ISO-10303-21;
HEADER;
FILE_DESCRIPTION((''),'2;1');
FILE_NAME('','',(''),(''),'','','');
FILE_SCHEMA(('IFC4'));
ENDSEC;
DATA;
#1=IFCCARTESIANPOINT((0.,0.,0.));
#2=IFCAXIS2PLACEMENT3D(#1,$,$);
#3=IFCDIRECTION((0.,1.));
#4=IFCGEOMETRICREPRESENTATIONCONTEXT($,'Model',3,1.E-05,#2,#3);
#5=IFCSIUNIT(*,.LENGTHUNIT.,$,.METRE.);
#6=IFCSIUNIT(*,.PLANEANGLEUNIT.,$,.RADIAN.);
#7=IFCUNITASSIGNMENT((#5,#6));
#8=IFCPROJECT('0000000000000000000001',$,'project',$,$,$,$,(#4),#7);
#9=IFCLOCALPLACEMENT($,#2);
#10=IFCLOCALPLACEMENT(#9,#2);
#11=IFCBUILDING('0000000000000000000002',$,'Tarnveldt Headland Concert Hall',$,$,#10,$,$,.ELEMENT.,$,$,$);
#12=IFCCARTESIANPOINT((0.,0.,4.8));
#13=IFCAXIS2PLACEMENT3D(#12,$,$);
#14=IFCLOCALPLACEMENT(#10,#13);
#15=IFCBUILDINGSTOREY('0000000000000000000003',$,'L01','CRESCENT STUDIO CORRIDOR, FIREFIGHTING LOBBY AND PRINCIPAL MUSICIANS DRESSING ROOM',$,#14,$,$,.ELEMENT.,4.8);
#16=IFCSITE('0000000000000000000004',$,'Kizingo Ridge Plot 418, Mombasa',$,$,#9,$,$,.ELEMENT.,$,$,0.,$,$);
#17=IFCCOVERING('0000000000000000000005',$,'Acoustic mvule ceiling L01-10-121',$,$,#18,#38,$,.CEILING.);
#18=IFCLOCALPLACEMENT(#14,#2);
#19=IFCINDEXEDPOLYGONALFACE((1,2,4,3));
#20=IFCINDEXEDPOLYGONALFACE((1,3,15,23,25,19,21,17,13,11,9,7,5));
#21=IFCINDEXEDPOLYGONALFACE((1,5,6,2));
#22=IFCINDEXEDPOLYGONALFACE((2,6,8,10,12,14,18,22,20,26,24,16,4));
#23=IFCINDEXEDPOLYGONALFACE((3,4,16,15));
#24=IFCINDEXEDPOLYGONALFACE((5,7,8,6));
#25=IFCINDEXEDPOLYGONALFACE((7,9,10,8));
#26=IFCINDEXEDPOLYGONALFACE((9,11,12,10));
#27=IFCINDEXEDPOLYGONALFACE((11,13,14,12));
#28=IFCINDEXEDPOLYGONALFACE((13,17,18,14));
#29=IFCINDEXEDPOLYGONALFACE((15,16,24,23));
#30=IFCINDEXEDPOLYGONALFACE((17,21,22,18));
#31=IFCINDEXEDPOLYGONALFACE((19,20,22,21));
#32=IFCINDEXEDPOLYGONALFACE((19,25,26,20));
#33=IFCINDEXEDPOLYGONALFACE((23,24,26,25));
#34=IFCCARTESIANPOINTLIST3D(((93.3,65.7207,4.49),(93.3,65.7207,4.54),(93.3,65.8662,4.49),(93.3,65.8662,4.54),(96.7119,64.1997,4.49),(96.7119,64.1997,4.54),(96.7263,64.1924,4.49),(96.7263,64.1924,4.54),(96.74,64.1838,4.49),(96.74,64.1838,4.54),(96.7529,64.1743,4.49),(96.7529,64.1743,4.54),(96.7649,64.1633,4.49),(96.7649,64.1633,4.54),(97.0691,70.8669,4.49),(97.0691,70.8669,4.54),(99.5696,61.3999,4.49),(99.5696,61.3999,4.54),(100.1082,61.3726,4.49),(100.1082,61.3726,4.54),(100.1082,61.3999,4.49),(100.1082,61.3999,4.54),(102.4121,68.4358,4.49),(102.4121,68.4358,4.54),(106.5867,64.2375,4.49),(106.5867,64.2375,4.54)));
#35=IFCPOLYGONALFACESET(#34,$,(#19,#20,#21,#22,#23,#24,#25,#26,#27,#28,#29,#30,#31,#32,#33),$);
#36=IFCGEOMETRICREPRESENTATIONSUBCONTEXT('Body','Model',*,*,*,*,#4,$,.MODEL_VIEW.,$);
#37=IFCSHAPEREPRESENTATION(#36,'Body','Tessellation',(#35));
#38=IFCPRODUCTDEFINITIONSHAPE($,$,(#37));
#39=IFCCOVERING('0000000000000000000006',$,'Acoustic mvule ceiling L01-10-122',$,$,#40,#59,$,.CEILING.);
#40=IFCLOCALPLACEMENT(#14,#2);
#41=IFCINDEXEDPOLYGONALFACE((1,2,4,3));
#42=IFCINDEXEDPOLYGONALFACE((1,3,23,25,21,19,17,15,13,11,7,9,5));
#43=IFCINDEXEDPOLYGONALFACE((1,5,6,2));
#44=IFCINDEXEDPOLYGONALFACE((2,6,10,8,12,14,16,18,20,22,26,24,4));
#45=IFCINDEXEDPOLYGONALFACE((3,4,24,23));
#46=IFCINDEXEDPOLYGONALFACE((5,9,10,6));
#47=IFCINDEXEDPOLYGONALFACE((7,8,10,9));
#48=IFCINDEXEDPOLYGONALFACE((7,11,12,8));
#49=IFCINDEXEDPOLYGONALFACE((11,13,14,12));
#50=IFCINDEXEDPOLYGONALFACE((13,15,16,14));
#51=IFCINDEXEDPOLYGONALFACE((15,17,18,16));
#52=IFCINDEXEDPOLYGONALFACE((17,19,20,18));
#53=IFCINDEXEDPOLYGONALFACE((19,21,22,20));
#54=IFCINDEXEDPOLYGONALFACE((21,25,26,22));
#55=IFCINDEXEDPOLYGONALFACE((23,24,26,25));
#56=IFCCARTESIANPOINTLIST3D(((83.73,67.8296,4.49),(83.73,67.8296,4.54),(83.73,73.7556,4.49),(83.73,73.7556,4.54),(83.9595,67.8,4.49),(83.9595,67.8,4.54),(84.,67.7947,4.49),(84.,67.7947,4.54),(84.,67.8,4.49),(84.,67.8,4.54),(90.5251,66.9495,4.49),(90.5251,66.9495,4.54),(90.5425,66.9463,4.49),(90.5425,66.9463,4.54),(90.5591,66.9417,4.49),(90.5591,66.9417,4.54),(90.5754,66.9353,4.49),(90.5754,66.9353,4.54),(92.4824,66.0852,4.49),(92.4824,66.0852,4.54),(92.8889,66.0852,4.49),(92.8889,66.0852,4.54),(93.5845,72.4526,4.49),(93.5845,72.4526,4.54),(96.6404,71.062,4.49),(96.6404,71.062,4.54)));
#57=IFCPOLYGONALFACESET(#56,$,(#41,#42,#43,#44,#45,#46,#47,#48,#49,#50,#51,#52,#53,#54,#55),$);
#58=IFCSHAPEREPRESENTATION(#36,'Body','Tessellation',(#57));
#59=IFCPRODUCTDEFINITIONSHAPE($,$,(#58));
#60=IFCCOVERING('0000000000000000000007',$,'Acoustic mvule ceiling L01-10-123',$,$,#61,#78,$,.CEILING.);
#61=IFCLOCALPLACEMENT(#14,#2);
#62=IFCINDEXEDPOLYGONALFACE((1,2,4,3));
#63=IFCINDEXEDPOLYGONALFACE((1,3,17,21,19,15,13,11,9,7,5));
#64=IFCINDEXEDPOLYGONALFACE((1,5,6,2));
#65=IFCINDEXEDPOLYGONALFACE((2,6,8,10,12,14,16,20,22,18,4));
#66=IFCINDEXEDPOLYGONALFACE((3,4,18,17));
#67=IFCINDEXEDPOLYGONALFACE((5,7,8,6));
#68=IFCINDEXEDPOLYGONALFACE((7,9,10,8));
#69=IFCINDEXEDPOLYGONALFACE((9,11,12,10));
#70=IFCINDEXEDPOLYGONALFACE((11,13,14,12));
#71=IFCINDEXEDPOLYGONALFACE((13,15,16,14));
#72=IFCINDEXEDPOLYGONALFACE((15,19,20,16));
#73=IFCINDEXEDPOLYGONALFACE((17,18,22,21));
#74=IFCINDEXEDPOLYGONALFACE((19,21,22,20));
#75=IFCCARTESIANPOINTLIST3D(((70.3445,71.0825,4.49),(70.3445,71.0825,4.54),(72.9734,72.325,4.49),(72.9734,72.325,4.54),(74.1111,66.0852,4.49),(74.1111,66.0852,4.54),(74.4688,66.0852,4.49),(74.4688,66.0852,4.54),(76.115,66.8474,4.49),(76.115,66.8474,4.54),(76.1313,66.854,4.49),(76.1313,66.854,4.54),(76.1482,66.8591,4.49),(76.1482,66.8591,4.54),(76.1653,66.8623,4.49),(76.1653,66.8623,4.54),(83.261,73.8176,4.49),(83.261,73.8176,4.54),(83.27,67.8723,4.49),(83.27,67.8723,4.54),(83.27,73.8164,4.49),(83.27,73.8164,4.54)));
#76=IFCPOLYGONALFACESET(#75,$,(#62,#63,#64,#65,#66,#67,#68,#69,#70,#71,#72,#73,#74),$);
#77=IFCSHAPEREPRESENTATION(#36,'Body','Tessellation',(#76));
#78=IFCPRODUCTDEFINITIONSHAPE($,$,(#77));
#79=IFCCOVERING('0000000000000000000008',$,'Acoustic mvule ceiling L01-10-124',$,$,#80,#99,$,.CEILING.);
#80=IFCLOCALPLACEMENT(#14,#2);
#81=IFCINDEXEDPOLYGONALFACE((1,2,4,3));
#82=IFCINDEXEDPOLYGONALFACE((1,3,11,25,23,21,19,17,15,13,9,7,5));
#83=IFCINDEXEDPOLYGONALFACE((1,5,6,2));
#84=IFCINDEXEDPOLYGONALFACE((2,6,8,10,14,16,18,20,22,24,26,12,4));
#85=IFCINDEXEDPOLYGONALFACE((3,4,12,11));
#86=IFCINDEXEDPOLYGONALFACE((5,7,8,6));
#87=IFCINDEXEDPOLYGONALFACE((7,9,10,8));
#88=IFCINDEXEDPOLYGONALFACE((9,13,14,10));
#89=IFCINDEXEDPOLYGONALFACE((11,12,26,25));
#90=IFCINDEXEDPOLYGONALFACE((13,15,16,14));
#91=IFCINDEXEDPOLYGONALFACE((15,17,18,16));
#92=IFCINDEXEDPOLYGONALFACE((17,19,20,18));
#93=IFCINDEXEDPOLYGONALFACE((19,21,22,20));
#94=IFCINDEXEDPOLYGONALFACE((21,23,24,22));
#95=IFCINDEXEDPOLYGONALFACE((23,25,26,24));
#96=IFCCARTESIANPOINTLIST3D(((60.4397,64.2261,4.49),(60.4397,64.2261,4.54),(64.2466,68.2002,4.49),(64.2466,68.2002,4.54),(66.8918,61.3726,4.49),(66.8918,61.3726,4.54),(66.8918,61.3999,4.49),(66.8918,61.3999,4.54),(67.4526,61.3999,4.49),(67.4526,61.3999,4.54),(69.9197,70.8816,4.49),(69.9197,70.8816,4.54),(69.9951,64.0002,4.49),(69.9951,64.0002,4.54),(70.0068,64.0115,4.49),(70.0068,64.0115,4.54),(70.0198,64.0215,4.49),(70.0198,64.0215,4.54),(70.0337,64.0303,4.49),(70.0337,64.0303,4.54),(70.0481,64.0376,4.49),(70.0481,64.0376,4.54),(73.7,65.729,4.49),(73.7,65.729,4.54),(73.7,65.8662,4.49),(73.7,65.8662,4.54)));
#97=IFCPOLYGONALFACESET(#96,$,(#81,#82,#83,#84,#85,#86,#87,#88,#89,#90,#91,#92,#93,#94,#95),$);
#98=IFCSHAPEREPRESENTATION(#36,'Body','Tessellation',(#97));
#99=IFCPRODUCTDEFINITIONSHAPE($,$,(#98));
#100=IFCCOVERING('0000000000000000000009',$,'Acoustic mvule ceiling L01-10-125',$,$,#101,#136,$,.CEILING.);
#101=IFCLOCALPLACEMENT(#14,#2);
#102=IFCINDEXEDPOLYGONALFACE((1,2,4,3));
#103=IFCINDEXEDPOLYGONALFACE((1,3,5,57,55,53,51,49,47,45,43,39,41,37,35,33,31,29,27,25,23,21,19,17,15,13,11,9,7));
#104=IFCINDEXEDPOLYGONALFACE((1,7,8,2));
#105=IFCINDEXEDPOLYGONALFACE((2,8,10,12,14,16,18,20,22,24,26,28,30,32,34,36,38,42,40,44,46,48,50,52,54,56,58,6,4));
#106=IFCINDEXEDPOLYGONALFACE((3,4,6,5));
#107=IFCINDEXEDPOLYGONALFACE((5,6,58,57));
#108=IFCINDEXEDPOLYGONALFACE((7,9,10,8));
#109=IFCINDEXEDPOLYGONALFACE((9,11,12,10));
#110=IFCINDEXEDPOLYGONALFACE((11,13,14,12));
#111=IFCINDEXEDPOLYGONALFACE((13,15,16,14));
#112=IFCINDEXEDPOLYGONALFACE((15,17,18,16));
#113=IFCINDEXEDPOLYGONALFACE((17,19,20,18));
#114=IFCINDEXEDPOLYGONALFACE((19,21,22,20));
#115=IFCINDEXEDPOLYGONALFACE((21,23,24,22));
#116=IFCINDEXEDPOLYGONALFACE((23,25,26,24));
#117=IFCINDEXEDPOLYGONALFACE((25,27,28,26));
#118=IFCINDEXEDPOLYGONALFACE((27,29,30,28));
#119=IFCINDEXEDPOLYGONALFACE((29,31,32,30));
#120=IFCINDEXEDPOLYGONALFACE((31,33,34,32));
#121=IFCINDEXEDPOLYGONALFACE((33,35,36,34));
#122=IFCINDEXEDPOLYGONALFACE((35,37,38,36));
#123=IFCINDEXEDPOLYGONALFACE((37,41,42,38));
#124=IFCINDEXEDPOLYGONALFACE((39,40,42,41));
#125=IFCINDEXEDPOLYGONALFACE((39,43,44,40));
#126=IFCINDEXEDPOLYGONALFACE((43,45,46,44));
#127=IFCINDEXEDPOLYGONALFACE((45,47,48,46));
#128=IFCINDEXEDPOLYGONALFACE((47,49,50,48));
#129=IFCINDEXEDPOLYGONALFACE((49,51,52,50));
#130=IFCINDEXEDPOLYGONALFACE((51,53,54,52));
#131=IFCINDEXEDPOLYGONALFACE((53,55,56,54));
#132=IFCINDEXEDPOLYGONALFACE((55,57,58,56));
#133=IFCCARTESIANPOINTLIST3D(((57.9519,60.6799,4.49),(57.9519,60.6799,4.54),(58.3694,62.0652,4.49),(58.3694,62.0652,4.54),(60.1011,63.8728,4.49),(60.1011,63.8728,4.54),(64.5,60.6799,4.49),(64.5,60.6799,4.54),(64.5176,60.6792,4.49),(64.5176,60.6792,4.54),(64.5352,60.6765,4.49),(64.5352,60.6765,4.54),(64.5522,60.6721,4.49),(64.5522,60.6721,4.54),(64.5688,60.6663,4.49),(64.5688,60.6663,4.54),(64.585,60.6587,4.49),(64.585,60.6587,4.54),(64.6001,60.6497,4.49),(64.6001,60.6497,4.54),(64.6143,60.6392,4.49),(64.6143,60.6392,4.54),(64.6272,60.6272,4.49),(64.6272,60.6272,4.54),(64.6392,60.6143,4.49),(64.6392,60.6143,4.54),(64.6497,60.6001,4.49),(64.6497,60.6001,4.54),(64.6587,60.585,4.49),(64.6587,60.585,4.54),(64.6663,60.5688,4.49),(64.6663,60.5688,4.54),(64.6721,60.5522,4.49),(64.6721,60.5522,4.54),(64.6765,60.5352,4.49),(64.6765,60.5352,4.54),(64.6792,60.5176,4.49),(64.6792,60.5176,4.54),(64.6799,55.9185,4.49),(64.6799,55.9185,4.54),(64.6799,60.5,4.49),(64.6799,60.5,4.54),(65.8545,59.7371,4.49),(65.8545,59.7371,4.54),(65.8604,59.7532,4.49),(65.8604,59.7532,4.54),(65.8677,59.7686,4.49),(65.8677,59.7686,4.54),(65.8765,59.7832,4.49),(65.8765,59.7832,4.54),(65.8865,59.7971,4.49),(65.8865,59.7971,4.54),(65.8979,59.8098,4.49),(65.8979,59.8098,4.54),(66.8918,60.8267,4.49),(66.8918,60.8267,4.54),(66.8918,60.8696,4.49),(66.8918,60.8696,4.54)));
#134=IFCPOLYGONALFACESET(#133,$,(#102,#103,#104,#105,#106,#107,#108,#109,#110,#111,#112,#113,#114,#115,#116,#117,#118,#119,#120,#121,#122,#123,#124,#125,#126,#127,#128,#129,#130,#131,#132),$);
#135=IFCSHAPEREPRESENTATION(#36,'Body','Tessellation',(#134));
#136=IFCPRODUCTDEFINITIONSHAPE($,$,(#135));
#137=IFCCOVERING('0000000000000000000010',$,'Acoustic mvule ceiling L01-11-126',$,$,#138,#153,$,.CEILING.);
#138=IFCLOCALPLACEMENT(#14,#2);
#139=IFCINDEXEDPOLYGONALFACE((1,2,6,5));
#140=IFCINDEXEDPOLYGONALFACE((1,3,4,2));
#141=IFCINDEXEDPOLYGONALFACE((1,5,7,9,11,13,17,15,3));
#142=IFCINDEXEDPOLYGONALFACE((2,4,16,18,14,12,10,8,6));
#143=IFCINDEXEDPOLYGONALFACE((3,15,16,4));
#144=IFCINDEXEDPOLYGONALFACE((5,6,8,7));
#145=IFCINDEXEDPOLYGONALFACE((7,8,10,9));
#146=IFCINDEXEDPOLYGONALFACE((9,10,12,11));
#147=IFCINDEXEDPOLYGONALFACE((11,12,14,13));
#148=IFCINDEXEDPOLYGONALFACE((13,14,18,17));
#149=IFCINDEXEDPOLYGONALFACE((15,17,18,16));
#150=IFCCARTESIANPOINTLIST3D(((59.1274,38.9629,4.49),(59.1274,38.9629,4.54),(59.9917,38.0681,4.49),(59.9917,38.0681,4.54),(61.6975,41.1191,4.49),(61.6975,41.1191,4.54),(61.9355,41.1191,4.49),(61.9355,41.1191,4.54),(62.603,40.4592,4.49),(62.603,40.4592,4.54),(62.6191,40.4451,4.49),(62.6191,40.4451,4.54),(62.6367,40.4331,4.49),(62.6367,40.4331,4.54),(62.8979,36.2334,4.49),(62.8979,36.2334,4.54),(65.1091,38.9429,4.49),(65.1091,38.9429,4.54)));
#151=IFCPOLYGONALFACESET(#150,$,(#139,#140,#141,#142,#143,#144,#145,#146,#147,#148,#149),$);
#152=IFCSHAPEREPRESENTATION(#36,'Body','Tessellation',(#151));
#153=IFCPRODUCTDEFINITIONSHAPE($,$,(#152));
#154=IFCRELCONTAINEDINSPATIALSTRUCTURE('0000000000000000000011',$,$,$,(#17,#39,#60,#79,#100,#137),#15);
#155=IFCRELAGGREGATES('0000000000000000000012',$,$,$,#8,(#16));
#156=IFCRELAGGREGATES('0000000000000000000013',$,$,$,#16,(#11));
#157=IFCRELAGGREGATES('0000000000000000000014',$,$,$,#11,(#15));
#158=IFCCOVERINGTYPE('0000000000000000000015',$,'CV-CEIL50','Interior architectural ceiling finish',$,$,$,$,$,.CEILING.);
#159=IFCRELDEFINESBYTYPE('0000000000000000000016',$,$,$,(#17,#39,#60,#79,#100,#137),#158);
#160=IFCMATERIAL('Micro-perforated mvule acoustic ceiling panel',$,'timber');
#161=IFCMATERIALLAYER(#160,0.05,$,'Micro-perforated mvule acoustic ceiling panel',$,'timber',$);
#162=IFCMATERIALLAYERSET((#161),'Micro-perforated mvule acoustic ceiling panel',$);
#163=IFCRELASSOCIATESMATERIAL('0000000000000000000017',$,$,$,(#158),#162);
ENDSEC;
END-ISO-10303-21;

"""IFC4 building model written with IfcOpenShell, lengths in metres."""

from ifc_helpers import new_model, si_unit, direction, frame, origin, place, context, subcontext, project, spatial, polyline, outline, extrude, material, layer, layer_set, type_object, element, save


model = new_model("IFC4")

# Units and contexts
model_context = context("Model", 3, precision=1e-05, world=origin(), true_north=direction((0.0, 1.0)))
body_context = subcontext(model_context, "Body", "Model", "MODEL_VIEW")
ifc_project = project(units=[si_unit("LENGTHUNIT", "METRE"), si_unit("PLANEANGLEUNIT", "RADIAN")], contexts=[model_context])

# Site, building, storey
site_placement = place(None, origin())
site = spatial("IfcSite", under=ifc_project, at=site_placement, Name="Kizingo Ridge Plot 418, Mombasa", CompositionType="ELEMENT", RefElevation=0.0)
building_placement = place(site_placement, origin())
building = spatial("IfcBuilding", under=site, at=building_placement, Name="Tarnveldt Headland Concert Hall", CompositionType="ELEMENT")
storey_placement = place(building_placement, frame((0.0, 0.0, 4.8)))
storey = spatial("IfcBuildingStorey", under=building, at=storey_placement, Name="L01", Description="CRESCENT STUDIO CORRIDOR, FIREFIGHTING LOBBY AND PRINCIPAL MUSICIANS DRESSING ROOM", CompositionType="ELEMENT", Elevation=4.8)

# Coverings
ifc_material_1 = material(Name="Micro-perforated mvule acoustic ceiling panel", Category="timber")
ifc_layer_1 = layer(ifc_material_1, 0.05, Name="Micro-perforated mvule acoustic ceiling panel", Category="timber")
ifc_layer_set_1 = layer_set([ifc_layer_1], Name="Micro-perforated mvule acoustic ceiling panel")
covering_type_1 = type_object("IfcCoveringType", Name="CV-CEIL50", Description="Interior architectural ceiling finish", PredefinedType="CEILING", material=ifc_layer_set_1)
covering_1_placement = place(storey_placement, frame((0.0, 0.0, 4.49)))
element("IfcCovering", 1, at=covering_1_placement, inside=storey, type_object=covering_type_1, Name="Acoustic mvule ceiling L01-10-121", PredefinedType="CEILING", context=body_context, shape_type="SweptSolid", body=[
    extrude(outline(polyline([(96.7263, 64.1924), (96.7119, 64.1997), (93.3, 65.7207), (93.3, 65.8662), (97.0691, 70.8669), (102.4121, 68.4358), (106.5867, 64.2375), (100.1082, 61.3726), (100.1082, 61.3999), (99.5696, 61.3999), (96.7649, 64.1633), (96.7529, 64.1743), (96.74, 64.1838), (96.7263, 64.1924)])), origin(), (0.0, 0.0, 1.0), 0.05),
])
covering_2_placement = place(storey_placement, frame((0.0, 0.0, 4.49)))
element("IfcCovering", 2, at=covering_2_placement, inside=storey, type_object=covering_type_1, Name="Acoustic mvule ceiling L01-10-122", PredefinedType="CEILING", context=body_context, shape_type="SweptSolid", body=[
    extrude(outline(polyline([(90.5251, 66.9495), (84.0, 67.7947), (84.0, 67.8), (83.9595, 67.8), (83.73, 67.8296), (83.73, 73.7556), (93.5845, 72.4526), (96.6404, 71.062), (92.8889, 66.0852), (92.4824, 66.0852), (90.5754, 66.9353), (90.5591, 66.9417), (90.5425, 66.9463), (90.5251, 66.9495)])), origin(), (0.0, 0.0, 1.0), 0.05),
])
covering_3_placement = place(storey_placement, frame((0.0, 0.0, 4.49)))
element("IfcCovering", 3, at=covering_3_placement, inside=storey, type_object=covering_type_1, Name="Acoustic mvule ceiling L01-10-123", PredefinedType="CEILING", context=body_context, shape_type="SweptSolid", body=[
    extrude(outline(polyline([(76.115, 66.8474), (74.4688, 66.0852), (74.1111, 66.0852), (70.3445, 71.0825), (72.9734, 72.325), (83.261, 73.8176), (83.27, 73.8164), (83.27, 67.8723), (76.1653, 66.8623), (76.1482, 66.8591), (76.1313, 66.854), (76.115, 66.8474)])), origin(), (0.0, 0.0, 1.0), 0.05),
])
covering_4_placement = place(storey_placement, frame((0.0, 0.0, 4.49)))
element("IfcCovering", 4, at=covering_4_placement, inside=storey, type_object=covering_type_1, Name="Acoustic mvule ceiling L01-10-124", PredefinedType="CEILING", context=body_context, shape_type="SweptSolid", body=[
    extrude(outline(polyline([(70.0337, 64.0303), (70.0198, 64.0215), (70.0068, 64.0115), (69.9951, 64.0002), (67.4526, 61.3999), (66.8918, 61.3999), (66.8918, 61.3726), (60.4397, 64.2261), (64.2466, 68.2002), (69.9197, 70.8816), (73.7, 65.8662), (73.7, 65.729), (70.0481, 64.0376), (70.0337, 64.0303)])), origin(), (0.0, 0.0, 1.0), 0.05),
])
covering_5_placement = place(storey_placement, frame((0.0, 0.0, 4.49)))
element("IfcCovering", 5, at=covering_5_placement, inside=storey, type_object=covering_type_1, Name="Acoustic mvule ceiling L01-10-125", PredefinedType="CEILING", context=body_context, shape_type="SweptSolid", body=[
    extrude(outline(polyline([(65.8979, 59.8098), (65.8865, 59.7971), (65.8765, 59.7832), (65.8677, 59.7686), (65.8604, 59.7532), (65.8545, 59.7371), (64.6799, 55.9185), (64.6799, 60.5), (64.6792, 60.5176), (64.6765, 60.5352), (64.6721, 60.5522), (64.6663, 60.5688), (64.6587, 60.585), (64.6497, 60.6001), (64.6392, 60.6143), (64.6272, 60.6272), (64.6143, 60.6392), (64.6001, 60.6497), (64.585, 60.6587), (64.5688, 60.6663), (64.5522, 60.6721), (64.5352, 60.6765), (64.5176, 60.6792), (64.5, 60.6799), (57.9519, 60.6799), (58.3694, 62.0652), (60.1011, 63.8728), (66.8918, 60.8696), (66.8918, 60.8267), (65.8979, 59.8098)])), origin(), (0.0, 0.0, 1.0), 0.05),
])
covering_6_placement = place(storey_placement, frame((0.0, 0.0, 4.49)))
element("IfcCovering", 6, at=covering_6_placement, inside=storey, type_object=covering_type_1, Name="Acoustic mvule ceiling L01-11-126", PredefinedType="CEILING", context=body_context, shape_type="SweptSolid", body=[
    extrude(outline(polyline([(62.6367, 40.4331), (65.1091, 38.9429), (62.8979, 36.2334), (59.9917, 38.0681), (59.1274, 38.9629), (61.6975, 41.1191), (61.9355, 41.1191), (62.603, 40.4592), (62.6191, 40.4451), (62.6367, 40.4331)])), origin(), (0.0, 0.0, 1.0), 0.05),
])

save(model, "model.ifc")
